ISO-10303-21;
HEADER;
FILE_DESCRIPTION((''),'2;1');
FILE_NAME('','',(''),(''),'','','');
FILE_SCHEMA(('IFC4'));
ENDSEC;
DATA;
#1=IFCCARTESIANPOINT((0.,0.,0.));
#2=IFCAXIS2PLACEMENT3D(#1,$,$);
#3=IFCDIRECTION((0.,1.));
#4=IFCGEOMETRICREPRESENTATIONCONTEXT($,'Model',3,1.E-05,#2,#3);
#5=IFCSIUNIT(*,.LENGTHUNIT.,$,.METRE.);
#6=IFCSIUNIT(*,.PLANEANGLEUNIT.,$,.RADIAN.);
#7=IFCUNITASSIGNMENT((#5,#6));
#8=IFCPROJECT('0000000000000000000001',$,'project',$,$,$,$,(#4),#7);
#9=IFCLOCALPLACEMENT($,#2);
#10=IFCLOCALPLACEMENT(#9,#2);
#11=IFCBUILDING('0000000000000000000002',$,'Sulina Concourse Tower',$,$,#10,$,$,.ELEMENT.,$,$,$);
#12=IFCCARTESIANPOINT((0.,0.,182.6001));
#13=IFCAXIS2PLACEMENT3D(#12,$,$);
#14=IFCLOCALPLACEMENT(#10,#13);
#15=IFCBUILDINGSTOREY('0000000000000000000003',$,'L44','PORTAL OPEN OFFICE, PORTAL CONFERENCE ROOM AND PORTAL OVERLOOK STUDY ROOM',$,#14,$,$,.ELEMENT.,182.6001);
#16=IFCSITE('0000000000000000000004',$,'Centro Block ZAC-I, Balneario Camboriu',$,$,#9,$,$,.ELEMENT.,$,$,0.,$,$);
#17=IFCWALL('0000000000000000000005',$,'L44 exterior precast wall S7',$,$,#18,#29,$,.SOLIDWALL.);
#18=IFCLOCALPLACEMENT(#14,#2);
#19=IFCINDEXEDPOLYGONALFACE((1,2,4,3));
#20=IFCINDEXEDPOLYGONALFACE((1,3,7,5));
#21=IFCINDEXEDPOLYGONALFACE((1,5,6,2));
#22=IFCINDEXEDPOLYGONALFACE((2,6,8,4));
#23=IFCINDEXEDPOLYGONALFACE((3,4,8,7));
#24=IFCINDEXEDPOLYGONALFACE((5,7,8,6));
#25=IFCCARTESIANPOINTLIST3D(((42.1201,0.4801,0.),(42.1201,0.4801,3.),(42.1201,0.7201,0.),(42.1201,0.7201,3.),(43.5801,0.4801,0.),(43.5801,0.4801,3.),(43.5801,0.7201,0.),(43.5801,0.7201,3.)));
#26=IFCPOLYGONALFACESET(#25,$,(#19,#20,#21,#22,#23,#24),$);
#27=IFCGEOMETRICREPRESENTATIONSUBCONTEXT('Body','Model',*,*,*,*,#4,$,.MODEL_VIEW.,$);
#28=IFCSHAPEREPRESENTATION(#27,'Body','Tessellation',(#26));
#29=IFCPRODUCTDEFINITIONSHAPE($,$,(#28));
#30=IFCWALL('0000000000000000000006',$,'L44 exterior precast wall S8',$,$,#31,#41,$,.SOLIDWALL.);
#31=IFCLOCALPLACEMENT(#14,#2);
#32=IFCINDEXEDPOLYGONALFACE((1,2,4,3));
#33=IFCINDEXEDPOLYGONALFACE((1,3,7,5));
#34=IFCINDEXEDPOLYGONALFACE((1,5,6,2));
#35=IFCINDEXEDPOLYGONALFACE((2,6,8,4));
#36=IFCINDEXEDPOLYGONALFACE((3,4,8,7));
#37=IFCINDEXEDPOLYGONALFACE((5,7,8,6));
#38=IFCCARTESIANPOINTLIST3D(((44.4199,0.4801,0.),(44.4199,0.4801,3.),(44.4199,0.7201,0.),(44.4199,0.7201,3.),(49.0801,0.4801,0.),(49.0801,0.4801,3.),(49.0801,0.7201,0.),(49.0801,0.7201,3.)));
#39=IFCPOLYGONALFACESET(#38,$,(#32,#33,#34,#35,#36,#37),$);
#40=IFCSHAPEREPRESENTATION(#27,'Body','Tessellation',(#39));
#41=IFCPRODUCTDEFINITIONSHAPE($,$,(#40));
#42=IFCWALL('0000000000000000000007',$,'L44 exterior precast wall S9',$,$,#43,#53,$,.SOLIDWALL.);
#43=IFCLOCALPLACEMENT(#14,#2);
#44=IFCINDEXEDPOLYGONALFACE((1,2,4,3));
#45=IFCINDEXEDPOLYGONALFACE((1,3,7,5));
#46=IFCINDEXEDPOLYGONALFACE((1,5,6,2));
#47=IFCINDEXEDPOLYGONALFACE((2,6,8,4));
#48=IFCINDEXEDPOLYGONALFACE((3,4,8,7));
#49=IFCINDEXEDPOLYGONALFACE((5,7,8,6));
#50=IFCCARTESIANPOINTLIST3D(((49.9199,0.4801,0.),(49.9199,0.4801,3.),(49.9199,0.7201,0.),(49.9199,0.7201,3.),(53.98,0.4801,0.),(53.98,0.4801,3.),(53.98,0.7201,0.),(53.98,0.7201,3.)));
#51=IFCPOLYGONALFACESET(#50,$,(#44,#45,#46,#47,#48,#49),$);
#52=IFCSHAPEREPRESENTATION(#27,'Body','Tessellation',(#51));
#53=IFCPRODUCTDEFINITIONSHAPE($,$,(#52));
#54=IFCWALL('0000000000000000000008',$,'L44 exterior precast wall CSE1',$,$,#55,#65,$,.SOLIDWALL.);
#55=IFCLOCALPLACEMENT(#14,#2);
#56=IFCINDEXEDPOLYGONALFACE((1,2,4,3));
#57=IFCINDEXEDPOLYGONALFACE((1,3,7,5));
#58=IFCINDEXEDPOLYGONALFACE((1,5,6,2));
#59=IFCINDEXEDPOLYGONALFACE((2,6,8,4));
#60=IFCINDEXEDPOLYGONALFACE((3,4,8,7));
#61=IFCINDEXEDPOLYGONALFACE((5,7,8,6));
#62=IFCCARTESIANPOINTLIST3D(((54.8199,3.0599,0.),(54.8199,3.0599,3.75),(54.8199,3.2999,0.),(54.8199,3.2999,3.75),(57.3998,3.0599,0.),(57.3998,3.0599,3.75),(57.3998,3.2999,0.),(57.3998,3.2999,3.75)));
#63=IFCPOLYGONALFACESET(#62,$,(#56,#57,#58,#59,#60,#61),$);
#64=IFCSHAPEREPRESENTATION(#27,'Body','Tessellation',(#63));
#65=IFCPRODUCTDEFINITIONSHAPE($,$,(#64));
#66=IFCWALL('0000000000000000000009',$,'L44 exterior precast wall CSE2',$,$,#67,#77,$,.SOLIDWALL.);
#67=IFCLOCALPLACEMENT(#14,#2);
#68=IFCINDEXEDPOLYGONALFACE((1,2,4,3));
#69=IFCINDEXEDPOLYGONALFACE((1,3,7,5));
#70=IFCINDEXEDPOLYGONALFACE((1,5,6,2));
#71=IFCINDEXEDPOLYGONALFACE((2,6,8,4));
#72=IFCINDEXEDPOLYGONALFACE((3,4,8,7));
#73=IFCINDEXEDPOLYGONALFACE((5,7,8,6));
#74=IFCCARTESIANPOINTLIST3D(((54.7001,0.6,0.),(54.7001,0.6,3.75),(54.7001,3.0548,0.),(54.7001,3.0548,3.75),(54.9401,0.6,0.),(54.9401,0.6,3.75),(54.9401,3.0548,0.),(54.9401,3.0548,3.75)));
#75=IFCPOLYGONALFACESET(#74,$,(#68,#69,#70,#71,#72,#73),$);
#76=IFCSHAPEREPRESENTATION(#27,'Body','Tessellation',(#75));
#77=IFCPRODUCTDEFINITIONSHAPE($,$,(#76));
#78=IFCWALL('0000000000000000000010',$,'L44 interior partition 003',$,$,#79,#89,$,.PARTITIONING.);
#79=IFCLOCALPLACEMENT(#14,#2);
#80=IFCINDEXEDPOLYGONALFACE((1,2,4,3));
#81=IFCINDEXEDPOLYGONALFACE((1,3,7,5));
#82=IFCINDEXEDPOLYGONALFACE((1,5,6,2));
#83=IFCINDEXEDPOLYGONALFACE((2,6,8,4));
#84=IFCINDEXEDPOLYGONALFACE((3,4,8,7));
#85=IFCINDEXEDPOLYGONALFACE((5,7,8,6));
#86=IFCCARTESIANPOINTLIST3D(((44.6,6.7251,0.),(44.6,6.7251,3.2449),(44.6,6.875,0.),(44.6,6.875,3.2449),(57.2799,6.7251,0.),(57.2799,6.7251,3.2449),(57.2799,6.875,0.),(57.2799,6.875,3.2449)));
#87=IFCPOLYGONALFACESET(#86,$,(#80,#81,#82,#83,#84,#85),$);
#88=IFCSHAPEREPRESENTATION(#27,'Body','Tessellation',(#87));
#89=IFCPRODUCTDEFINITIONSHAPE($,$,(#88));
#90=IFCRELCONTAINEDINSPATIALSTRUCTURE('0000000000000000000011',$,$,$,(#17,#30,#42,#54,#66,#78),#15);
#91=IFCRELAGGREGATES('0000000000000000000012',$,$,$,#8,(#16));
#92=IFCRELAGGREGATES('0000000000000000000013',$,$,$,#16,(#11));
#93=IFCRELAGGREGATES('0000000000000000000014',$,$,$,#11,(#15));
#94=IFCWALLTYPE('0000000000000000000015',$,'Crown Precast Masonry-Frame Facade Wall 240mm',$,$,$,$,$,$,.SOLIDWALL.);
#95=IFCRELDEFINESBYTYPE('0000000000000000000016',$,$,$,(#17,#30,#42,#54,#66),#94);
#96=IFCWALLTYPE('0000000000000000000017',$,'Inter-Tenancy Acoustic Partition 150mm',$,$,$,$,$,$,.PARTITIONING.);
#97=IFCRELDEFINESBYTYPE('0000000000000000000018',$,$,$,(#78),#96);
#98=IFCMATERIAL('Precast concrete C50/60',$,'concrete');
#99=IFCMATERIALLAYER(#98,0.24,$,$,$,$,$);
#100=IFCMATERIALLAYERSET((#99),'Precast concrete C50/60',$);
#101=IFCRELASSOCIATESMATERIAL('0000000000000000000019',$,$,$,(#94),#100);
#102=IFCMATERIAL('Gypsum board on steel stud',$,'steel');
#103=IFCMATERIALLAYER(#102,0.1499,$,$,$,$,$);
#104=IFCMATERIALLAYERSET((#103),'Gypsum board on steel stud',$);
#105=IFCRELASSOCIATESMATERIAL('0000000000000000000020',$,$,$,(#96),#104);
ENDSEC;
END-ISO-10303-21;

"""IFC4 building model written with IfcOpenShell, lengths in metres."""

from ifc_helpers import new_model, si_unit, direction, frame, frame_2d, origin, place, context, subcontext, project, spatial, rectangle, extrude, material, layer, layer_set, type_object, element, save


model = new_model("IFC4")

# Units and contexts
model_context = context("Model", 3, precision=1e-05, world=origin(), true_north=direction((0.0, 1.0)))
body_context = subcontext(model_context, "Body", "Model", "MODEL_VIEW")
ifc_project = project(units=[si_unit("LENGTHUNIT", "METRE"), si_unit("PLANEANGLEUNIT", "RADIAN")], contexts=[model_context])

# Site, building, storey
site_placement = place(None, origin())
site = spatial("IfcSite", under=ifc_project, at=site_placement, Name="Centro Block ZAC-I, Balneario Camboriu", CompositionType="ELEMENT", RefElevation=0.0)
building_placement = place(site_placement, origin())
building = spatial("IfcBuilding", under=site, at=building_placement, Name="Sulina Concourse Tower", CompositionType="ELEMENT")
storey_placement = place(building_placement, frame((0.0, 0.0, 182.6001)))
storey = spatial("IfcBuildingStorey", under=building, at=storey_placement, Name="L44", Description="PORTAL OPEN OFFICE, PORTAL CONFERENCE ROOM AND PORTAL OVERLOOK STUDY ROOM", CompositionType="ELEMENT", Elevation=182.6001)

# Walls
ifc_material_1 = material(Name="Precast concrete C50/60", Category="concrete")
ifc_layer_1 = layer(ifc_material_1, 0.24)
ifc_layer_set_1 = layer_set([ifc_layer_1], Name="Precast concrete C50/60")
wall_type_1 = type_object("IfcWallType", Name="Crown Precast Masonry-Frame Facade Wall 240mm", PredefinedType="SOLIDWALL", material=ifc_layer_set_1)
wall_1_placement = place(storey_placement, frame((43.5801, 0.6001, 0.0), z_axis=(0.0, 0.0, 1.0), x_axis=(-1.0, 0.0, 0.0)))
element("IfcWall", 1, at=wall_1_placement, inside=storey, type_object=wall_type_1, Name="L44 exterior precast wall S7", PredefinedType="SOLIDWALL", context=body_context, shape_type="SweptSolid", body=[
    extrude(rectangle(XDim=1.46, YDim=0.24, at=frame_2d((0.73, 0.0))), origin(), (0.0, 0.0, 1.0), 3.0),
])
wall_2_placement = place(storey_placement, frame((49.0801, 0.6001, 0.0), z_axis=(0.0, 0.0, 1.0), x_axis=(-1.0, 0.0, 0.0)))
element("IfcWall", 2, at=wall_2_placement, inside=storey, type_object=wall_type_1, Name="L44 exterior precast wall S8", PredefinedType="SOLIDWALL", context=body_context, shape_type="SweptSolid", body=[
    extrude(rectangle(XDim=4.6602, YDim=0.24, at=frame_2d((2.3301, 0.0))), origin(), (0.0, 0.0, 1.0), 3.0),
])
wall_3_placement = place(storey_placement, frame((53.98, 0.6001, 0.0), z_axis=(0.0, 0.0, 1.0), x_axis=(-1.0, 0.0, 0.0)))
element("IfcWall", 3, at=wall_3_placement, inside=storey, type_object=wall_type_1, Name="L44 exterior precast wall S9", PredefinedType="SOLIDWALL", context=body_context, shape_type="SweptSolid", body=[
    extrude(rectangle(XDim=4.0601, YDim=0.24, at=frame_2d((2.03, 0.0))), origin(), (0.0, 0.0, 1.0), 3.0),
])
wall_4_placement = place(storey_placement, frame((57.3999, 3.1799, 0.0), z_axis=(0.0, 0.0, 1.0), x_axis=(-1.0, 0.0, 0.0)))
element("IfcWall", 4, at=wall_4_placement, inside=storey, type_object=wall_type_1, Name="L44 exterior precast wall CSE1", PredefinedType="SOLIDWALL", context=body_context, shape_type="SweptSolid", body=[
    extrude(rectangle(XDim=2.5798, YDim=0.24, at=frame_2d((1.29, 0.0))), origin(), (0.0, 0.0, 1.0), 3.75),
])
wall_5_placement = place(storey_placement, frame((54.8201, 3.0549, 0.0), z_axis=(0.0, 0.0, 1.0), x_axis=(0.0, -1.0, 0.0)))
element("IfcWall", 5, at=wall_5_placement, inside=storey, type_object=wall_type_1, Name="L44 exterior precast wall CSE2", PredefinedType="SOLIDWALL", context=body_context, shape_type="SweptSolid", body=[
    extrude(rectangle(XDim=2.4548, YDim=0.24, at=frame_2d((1.2275, 0.0))), origin(), (0.0, 0.0, 1.0), 3.75),
])
ifc_material_2 = material(Name="Gypsum board on steel stud", Category="steel")
ifc_layer_2 = layer(ifc_material_2, 0.1499)
ifc_layer_set_2 = layer_set([ifc_layer_2], Name="Gypsum board on steel stud")
wall_type_2 = type_object("IfcWallType", Name="Inter-Tenancy Acoustic Partition 150mm", PredefinedType="PARTITIONING", material=ifc_layer_set_2)
wall_6_placement = place(storey_placement, frame((44.6001, 6.8, 0.0), z_axis=(0.0, 0.0, 1.0), x_axis=(1.0, 0.0, 0.0)))
element("IfcWall", 6, at=wall_6_placement, inside=storey, type_object=wall_type_2, Name="L44 interior partition 003", PredefinedType="PARTITIONING", context=body_context, shape_type="SweptSolid", body=[
    extrude(rectangle(XDim=12.6799, YDim=0.1499, at=frame_2d((6.3398, 0.0))), origin(), (0.0, 0.0, 1.0), 3.2449),
])

save(model, "model.ifc")
